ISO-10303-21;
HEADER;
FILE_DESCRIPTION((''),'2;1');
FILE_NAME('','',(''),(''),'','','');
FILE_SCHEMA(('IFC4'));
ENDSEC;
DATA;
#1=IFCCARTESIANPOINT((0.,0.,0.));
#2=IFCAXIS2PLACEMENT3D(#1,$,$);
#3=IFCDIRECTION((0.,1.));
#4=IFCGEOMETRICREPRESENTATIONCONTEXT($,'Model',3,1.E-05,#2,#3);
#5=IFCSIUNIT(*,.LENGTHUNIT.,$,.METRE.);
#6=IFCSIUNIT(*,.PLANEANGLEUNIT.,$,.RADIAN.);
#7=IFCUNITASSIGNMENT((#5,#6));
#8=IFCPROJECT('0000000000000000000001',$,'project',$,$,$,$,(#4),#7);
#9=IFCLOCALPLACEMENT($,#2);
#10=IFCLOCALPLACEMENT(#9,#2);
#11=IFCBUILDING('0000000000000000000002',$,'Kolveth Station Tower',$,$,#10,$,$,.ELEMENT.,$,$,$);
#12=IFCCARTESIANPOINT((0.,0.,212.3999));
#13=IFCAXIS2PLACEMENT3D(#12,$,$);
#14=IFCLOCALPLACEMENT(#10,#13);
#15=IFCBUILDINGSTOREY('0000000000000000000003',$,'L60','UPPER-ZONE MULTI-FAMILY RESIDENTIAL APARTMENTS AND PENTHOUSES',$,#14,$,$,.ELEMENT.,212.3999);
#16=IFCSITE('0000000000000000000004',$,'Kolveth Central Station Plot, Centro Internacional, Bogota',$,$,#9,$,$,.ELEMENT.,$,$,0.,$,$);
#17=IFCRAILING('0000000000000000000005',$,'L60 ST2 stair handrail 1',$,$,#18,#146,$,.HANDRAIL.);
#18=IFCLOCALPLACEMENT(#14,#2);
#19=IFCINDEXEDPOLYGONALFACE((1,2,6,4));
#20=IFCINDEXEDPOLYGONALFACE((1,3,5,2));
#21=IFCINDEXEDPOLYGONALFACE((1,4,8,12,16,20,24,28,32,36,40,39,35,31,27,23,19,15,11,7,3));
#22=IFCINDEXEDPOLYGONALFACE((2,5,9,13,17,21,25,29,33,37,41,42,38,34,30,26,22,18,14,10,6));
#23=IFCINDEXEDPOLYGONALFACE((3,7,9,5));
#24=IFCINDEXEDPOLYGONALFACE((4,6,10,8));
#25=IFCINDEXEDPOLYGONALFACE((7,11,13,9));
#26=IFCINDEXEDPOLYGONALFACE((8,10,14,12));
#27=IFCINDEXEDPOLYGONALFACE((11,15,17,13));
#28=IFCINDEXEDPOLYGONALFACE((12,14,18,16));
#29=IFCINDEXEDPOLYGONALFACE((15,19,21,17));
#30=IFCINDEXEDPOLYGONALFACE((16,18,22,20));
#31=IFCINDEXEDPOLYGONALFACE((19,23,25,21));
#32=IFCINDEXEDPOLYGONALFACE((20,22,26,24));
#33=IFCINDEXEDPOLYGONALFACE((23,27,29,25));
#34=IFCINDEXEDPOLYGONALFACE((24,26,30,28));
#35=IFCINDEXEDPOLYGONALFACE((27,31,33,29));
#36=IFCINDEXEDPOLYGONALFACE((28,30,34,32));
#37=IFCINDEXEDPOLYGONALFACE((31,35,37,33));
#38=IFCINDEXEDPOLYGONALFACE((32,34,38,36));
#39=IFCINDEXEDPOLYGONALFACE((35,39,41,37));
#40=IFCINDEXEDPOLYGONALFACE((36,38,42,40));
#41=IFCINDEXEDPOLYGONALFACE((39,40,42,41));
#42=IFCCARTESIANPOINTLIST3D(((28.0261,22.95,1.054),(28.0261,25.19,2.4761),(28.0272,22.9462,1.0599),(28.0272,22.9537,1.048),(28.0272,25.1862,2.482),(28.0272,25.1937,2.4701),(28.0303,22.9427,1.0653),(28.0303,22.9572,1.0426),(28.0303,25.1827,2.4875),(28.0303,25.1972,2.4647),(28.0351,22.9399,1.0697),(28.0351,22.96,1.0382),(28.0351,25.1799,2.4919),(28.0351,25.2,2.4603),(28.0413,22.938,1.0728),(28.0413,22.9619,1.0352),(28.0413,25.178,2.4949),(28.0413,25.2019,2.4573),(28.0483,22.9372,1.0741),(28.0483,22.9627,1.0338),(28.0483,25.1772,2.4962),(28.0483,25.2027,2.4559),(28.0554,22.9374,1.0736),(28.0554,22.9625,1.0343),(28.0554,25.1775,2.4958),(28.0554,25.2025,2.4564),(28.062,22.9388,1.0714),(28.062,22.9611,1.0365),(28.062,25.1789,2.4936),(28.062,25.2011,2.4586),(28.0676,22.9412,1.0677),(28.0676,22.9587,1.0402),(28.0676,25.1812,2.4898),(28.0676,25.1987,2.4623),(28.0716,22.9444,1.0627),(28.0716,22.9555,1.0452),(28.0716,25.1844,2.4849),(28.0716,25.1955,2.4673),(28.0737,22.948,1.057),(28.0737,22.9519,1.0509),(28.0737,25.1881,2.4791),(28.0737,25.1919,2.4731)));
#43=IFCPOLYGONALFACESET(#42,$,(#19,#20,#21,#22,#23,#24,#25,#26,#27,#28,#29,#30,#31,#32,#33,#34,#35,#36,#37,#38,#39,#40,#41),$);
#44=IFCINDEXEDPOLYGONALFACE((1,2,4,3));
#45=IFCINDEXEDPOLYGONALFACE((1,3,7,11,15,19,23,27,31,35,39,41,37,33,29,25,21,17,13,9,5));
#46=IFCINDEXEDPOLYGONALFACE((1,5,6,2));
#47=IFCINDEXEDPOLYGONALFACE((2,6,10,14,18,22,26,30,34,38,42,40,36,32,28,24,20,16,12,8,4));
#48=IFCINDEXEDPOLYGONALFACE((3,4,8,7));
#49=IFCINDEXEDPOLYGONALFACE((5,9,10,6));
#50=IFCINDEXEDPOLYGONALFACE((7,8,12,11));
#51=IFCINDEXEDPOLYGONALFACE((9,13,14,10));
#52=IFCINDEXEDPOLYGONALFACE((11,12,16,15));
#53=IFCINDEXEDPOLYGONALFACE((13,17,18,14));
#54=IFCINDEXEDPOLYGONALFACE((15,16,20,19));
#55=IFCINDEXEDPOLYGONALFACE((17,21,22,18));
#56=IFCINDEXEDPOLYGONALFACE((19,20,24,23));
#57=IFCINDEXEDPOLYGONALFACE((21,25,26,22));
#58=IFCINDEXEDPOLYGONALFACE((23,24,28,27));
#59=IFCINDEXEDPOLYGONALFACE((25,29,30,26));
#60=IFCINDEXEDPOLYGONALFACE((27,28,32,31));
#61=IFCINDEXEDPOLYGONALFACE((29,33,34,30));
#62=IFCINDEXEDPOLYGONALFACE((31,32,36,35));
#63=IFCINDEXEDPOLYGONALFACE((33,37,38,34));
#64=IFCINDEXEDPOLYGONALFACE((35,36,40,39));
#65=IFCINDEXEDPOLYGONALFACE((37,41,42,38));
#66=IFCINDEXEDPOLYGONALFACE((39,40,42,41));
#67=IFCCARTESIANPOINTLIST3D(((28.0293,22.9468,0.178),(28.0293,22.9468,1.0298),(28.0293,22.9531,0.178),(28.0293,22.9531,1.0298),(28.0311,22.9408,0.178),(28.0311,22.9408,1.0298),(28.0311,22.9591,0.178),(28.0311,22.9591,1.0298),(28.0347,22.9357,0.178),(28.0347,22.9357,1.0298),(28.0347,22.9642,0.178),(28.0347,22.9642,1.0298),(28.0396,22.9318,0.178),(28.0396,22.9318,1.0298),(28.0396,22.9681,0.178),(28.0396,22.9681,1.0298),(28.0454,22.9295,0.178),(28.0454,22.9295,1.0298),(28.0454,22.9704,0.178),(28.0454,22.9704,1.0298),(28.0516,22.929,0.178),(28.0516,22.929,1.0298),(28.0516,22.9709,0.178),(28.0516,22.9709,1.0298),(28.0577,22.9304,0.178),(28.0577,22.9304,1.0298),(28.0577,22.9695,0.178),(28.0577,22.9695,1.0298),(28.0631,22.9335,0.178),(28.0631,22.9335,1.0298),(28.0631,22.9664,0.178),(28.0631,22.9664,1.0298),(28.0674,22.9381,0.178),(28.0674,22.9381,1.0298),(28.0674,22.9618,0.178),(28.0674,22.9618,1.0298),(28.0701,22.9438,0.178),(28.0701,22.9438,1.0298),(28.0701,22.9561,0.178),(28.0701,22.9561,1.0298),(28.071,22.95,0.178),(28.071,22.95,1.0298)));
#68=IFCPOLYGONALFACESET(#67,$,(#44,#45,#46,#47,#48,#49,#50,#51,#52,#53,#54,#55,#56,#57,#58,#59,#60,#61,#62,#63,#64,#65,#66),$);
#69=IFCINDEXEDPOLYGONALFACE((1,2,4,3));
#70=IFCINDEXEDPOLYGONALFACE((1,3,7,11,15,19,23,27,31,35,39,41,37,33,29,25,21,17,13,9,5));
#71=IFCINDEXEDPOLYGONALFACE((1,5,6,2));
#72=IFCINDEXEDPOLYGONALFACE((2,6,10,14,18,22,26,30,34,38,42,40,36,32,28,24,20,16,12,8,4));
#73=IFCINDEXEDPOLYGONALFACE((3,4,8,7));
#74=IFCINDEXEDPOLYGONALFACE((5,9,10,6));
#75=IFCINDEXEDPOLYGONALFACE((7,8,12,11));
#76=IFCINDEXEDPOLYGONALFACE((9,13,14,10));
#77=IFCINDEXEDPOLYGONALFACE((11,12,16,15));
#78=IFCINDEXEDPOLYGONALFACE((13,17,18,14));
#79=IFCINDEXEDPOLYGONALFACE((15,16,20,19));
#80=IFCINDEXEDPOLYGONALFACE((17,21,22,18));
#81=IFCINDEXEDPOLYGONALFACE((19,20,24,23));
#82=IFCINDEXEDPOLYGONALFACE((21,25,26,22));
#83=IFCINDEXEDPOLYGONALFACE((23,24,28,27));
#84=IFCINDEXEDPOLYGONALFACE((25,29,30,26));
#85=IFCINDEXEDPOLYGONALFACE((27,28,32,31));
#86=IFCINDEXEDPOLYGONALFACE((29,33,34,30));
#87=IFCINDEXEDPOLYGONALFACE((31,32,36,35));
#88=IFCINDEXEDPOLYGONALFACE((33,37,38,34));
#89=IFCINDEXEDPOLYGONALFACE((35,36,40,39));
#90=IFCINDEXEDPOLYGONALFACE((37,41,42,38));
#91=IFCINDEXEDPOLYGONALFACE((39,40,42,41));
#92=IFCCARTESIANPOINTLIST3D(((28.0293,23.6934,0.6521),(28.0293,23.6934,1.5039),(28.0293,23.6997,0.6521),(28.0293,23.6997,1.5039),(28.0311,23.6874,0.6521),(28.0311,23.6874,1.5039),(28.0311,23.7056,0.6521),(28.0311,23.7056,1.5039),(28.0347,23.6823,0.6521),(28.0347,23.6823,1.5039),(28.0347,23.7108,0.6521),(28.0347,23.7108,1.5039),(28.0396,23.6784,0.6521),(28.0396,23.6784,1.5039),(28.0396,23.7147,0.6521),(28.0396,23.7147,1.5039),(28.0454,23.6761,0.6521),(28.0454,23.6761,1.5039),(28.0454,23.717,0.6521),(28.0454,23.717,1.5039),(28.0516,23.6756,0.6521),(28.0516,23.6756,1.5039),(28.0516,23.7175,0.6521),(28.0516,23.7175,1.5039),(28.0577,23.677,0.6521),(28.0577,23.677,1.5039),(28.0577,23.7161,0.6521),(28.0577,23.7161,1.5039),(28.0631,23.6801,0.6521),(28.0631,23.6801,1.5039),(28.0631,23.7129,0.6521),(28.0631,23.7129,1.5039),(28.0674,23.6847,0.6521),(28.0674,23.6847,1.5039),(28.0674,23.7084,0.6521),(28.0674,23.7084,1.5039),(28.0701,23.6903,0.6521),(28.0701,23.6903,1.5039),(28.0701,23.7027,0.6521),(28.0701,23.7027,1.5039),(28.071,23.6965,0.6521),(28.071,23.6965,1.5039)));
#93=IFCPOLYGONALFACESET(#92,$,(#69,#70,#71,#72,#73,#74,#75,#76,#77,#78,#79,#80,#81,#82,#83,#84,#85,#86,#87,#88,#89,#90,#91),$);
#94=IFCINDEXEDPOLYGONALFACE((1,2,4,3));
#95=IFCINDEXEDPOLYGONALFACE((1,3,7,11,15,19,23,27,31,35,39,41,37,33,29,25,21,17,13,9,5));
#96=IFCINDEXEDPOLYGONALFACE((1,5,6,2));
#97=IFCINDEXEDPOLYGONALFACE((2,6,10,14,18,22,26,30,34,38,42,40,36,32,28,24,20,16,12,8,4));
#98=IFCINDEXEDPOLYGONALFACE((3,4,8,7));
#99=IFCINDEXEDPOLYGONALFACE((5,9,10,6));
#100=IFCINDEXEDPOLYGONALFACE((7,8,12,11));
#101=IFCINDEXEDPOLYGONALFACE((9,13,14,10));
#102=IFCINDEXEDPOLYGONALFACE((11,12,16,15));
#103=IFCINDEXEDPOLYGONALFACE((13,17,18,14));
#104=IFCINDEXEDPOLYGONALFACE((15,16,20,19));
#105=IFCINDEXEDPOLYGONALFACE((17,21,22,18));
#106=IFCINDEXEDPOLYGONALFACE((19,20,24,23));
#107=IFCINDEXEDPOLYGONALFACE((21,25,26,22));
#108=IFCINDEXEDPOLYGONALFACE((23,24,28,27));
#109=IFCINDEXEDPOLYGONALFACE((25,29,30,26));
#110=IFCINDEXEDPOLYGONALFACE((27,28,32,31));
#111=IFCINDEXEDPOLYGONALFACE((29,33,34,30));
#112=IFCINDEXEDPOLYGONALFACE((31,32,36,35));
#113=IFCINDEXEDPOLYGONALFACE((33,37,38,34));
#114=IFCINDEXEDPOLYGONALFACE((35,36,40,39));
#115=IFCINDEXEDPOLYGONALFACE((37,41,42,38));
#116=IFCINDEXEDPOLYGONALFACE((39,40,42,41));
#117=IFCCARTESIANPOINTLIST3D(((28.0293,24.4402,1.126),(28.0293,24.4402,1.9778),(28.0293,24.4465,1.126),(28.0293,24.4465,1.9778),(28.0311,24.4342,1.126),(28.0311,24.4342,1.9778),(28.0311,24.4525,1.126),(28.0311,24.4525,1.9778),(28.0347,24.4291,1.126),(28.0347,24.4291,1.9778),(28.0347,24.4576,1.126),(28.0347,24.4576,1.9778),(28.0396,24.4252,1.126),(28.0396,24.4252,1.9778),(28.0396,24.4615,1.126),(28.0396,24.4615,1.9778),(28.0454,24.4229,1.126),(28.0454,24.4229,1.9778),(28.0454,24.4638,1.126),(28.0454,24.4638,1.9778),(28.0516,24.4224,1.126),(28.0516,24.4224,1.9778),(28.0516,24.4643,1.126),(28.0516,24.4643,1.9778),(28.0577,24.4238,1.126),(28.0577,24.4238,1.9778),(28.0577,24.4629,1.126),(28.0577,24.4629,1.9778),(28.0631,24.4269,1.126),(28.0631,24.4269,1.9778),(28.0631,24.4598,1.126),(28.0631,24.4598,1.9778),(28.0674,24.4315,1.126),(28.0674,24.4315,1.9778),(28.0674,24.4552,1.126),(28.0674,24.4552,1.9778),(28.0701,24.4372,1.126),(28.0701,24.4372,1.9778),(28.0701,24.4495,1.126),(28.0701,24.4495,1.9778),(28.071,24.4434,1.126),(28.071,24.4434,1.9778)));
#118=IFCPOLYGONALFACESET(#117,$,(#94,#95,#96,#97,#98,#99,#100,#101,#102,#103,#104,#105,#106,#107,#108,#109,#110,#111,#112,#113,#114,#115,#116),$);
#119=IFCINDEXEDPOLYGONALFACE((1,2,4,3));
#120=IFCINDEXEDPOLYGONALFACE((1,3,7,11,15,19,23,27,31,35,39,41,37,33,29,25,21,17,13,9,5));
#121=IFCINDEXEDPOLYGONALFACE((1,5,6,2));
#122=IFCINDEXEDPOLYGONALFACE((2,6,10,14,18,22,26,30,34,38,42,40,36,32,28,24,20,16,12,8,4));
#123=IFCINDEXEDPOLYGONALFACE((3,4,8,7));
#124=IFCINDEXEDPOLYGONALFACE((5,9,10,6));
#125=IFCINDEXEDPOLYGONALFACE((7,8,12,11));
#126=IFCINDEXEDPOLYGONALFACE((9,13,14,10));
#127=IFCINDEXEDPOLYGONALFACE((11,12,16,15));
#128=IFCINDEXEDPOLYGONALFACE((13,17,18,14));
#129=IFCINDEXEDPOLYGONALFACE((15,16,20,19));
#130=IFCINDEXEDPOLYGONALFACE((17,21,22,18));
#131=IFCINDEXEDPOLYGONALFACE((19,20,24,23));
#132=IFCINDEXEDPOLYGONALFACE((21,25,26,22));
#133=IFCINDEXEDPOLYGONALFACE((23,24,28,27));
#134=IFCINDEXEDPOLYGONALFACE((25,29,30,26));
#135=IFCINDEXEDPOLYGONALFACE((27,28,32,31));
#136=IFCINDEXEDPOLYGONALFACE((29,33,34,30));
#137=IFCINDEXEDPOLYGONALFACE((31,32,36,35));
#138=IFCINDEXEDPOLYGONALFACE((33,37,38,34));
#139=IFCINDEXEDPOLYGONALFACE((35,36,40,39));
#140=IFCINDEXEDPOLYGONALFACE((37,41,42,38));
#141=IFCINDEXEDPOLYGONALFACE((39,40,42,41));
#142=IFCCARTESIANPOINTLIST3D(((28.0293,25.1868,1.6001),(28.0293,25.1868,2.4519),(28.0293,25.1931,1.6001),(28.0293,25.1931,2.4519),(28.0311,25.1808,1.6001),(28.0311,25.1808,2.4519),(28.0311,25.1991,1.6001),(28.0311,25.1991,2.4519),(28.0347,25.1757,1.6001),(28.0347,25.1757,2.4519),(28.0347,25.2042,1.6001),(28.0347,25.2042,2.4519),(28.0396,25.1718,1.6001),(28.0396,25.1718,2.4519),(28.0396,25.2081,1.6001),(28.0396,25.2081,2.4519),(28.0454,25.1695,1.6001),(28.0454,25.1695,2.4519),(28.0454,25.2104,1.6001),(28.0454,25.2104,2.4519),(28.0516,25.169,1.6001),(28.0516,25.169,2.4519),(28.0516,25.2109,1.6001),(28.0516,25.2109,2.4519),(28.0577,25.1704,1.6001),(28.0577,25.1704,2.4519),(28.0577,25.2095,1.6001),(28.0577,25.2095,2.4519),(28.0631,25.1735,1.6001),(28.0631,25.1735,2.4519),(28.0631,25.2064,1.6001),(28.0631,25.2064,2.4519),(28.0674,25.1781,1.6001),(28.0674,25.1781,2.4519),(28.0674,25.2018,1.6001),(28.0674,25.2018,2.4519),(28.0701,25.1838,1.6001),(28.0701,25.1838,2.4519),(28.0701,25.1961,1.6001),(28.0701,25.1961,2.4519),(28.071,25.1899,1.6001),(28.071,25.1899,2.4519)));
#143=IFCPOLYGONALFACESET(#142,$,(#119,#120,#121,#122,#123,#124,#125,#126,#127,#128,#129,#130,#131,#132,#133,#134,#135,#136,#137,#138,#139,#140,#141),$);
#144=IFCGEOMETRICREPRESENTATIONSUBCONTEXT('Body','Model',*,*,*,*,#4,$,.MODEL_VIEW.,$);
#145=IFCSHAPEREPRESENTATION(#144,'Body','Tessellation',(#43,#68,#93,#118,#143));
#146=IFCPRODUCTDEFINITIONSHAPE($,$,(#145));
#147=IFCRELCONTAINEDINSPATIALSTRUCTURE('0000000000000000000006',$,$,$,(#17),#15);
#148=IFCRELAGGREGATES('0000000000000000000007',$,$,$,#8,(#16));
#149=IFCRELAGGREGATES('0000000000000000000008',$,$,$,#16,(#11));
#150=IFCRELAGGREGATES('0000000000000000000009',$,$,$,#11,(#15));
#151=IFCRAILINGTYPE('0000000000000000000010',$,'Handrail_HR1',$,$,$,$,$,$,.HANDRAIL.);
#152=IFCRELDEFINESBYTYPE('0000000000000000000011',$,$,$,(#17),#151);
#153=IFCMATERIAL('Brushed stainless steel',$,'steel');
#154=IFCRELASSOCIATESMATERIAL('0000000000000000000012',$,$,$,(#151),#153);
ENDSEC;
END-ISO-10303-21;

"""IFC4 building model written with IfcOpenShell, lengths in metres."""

from ifc_helpers import new_model, si_unit, direction, frame, origin, origin_2d, place, context, subcontext, project, spatial, circle, extrude, material, type_object, element, save


model = new_model("IFC4")

# Units and contexts
model_context = context("Model", 3, precision=1e-05, world=origin(), true_north=direction((0.0, 1.0)))
body_context = subcontext(model_context, "Body", "Model", "MODEL_VIEW")
ifc_project = project(units=[si_unit("LENGTHUNIT", "METRE"), si_unit("PLANEANGLEUNIT", "RADIAN")], contexts=[model_context])

# Site, building, storey
site_placement = place(None, origin())
site = spatial("IfcSite", under=ifc_project, at=site_placement, Name="Kolveth Central Station Plot, Centro Internacional, Bogota", CompositionType="ELEMENT", RefElevation=0.0)
building_placement = place(site_placement, origin())
building = spatial("IfcBuilding", under=site, at=building_placement, Name="Kolveth Station Tower", CompositionType="ELEMENT")
storey_placement = place(building_placement, frame((0.0, 0.0, 212.3999)))
storey = spatial("IfcBuildingStorey", under=building, at=storey_placement, Name="L60", Description="UPPER-ZONE MULTI-FAMILY RESIDENTIAL APARTMENTS AND PENTHOUSES", CompositionType="ELEMENT", Elevation=212.3999)

# Railing
ifc_material_1 = material(Name="Brushed stainless steel", Category="steel")
railing_type_1 = type_object("IfcRailingType", Name="Handrail_HR1", PredefinedType="HANDRAIL", material=ifc_material_1)
for number, where, name in (
    (1, (28.05, 22.95, 0.178), "L60 ST2 stair handrail 1"),
):
    element("IfcRailing", number, at=place(storey_placement, frame(where)), inside=storey, type_object=railing_type_1, Name=name, PredefinedType="HANDRAIL", context=body_context, shape_type="SweptSolid", body=[
        extrude(circle(Radius=0.0239, at=origin_2d()), frame((0.0, 0.0, 0.876), z_axis=(0.0, 0.844229, 0.535982), x_axis=(-1.0, 0.0, 0.0)), (0.0, 0.0, 1.0), 2.6533),
        extrude(circle(Radius=0.021, at=origin_2d()), origin(), (0.0, 0.0, 1.0), 0.8518),
        extrude(circle(Radius=0.021, at=origin_2d()), frame((0.0, 0.7466, 0.4741)), (0.0, 0.0, 1.0), 0.8518),
        extrude(circle(Radius=0.021, at=origin_2d()), frame((0.0, 1.4934, 0.948)), (0.0, 0.0, 1.0), 0.8518),
        extrude(circle(Radius=0.021, at=origin_2d()), frame((0.0, 2.24, 1.4221)), (0.0, 0.0, 1.0), 0.8518),
    ])

save(model, "model.ifc")
